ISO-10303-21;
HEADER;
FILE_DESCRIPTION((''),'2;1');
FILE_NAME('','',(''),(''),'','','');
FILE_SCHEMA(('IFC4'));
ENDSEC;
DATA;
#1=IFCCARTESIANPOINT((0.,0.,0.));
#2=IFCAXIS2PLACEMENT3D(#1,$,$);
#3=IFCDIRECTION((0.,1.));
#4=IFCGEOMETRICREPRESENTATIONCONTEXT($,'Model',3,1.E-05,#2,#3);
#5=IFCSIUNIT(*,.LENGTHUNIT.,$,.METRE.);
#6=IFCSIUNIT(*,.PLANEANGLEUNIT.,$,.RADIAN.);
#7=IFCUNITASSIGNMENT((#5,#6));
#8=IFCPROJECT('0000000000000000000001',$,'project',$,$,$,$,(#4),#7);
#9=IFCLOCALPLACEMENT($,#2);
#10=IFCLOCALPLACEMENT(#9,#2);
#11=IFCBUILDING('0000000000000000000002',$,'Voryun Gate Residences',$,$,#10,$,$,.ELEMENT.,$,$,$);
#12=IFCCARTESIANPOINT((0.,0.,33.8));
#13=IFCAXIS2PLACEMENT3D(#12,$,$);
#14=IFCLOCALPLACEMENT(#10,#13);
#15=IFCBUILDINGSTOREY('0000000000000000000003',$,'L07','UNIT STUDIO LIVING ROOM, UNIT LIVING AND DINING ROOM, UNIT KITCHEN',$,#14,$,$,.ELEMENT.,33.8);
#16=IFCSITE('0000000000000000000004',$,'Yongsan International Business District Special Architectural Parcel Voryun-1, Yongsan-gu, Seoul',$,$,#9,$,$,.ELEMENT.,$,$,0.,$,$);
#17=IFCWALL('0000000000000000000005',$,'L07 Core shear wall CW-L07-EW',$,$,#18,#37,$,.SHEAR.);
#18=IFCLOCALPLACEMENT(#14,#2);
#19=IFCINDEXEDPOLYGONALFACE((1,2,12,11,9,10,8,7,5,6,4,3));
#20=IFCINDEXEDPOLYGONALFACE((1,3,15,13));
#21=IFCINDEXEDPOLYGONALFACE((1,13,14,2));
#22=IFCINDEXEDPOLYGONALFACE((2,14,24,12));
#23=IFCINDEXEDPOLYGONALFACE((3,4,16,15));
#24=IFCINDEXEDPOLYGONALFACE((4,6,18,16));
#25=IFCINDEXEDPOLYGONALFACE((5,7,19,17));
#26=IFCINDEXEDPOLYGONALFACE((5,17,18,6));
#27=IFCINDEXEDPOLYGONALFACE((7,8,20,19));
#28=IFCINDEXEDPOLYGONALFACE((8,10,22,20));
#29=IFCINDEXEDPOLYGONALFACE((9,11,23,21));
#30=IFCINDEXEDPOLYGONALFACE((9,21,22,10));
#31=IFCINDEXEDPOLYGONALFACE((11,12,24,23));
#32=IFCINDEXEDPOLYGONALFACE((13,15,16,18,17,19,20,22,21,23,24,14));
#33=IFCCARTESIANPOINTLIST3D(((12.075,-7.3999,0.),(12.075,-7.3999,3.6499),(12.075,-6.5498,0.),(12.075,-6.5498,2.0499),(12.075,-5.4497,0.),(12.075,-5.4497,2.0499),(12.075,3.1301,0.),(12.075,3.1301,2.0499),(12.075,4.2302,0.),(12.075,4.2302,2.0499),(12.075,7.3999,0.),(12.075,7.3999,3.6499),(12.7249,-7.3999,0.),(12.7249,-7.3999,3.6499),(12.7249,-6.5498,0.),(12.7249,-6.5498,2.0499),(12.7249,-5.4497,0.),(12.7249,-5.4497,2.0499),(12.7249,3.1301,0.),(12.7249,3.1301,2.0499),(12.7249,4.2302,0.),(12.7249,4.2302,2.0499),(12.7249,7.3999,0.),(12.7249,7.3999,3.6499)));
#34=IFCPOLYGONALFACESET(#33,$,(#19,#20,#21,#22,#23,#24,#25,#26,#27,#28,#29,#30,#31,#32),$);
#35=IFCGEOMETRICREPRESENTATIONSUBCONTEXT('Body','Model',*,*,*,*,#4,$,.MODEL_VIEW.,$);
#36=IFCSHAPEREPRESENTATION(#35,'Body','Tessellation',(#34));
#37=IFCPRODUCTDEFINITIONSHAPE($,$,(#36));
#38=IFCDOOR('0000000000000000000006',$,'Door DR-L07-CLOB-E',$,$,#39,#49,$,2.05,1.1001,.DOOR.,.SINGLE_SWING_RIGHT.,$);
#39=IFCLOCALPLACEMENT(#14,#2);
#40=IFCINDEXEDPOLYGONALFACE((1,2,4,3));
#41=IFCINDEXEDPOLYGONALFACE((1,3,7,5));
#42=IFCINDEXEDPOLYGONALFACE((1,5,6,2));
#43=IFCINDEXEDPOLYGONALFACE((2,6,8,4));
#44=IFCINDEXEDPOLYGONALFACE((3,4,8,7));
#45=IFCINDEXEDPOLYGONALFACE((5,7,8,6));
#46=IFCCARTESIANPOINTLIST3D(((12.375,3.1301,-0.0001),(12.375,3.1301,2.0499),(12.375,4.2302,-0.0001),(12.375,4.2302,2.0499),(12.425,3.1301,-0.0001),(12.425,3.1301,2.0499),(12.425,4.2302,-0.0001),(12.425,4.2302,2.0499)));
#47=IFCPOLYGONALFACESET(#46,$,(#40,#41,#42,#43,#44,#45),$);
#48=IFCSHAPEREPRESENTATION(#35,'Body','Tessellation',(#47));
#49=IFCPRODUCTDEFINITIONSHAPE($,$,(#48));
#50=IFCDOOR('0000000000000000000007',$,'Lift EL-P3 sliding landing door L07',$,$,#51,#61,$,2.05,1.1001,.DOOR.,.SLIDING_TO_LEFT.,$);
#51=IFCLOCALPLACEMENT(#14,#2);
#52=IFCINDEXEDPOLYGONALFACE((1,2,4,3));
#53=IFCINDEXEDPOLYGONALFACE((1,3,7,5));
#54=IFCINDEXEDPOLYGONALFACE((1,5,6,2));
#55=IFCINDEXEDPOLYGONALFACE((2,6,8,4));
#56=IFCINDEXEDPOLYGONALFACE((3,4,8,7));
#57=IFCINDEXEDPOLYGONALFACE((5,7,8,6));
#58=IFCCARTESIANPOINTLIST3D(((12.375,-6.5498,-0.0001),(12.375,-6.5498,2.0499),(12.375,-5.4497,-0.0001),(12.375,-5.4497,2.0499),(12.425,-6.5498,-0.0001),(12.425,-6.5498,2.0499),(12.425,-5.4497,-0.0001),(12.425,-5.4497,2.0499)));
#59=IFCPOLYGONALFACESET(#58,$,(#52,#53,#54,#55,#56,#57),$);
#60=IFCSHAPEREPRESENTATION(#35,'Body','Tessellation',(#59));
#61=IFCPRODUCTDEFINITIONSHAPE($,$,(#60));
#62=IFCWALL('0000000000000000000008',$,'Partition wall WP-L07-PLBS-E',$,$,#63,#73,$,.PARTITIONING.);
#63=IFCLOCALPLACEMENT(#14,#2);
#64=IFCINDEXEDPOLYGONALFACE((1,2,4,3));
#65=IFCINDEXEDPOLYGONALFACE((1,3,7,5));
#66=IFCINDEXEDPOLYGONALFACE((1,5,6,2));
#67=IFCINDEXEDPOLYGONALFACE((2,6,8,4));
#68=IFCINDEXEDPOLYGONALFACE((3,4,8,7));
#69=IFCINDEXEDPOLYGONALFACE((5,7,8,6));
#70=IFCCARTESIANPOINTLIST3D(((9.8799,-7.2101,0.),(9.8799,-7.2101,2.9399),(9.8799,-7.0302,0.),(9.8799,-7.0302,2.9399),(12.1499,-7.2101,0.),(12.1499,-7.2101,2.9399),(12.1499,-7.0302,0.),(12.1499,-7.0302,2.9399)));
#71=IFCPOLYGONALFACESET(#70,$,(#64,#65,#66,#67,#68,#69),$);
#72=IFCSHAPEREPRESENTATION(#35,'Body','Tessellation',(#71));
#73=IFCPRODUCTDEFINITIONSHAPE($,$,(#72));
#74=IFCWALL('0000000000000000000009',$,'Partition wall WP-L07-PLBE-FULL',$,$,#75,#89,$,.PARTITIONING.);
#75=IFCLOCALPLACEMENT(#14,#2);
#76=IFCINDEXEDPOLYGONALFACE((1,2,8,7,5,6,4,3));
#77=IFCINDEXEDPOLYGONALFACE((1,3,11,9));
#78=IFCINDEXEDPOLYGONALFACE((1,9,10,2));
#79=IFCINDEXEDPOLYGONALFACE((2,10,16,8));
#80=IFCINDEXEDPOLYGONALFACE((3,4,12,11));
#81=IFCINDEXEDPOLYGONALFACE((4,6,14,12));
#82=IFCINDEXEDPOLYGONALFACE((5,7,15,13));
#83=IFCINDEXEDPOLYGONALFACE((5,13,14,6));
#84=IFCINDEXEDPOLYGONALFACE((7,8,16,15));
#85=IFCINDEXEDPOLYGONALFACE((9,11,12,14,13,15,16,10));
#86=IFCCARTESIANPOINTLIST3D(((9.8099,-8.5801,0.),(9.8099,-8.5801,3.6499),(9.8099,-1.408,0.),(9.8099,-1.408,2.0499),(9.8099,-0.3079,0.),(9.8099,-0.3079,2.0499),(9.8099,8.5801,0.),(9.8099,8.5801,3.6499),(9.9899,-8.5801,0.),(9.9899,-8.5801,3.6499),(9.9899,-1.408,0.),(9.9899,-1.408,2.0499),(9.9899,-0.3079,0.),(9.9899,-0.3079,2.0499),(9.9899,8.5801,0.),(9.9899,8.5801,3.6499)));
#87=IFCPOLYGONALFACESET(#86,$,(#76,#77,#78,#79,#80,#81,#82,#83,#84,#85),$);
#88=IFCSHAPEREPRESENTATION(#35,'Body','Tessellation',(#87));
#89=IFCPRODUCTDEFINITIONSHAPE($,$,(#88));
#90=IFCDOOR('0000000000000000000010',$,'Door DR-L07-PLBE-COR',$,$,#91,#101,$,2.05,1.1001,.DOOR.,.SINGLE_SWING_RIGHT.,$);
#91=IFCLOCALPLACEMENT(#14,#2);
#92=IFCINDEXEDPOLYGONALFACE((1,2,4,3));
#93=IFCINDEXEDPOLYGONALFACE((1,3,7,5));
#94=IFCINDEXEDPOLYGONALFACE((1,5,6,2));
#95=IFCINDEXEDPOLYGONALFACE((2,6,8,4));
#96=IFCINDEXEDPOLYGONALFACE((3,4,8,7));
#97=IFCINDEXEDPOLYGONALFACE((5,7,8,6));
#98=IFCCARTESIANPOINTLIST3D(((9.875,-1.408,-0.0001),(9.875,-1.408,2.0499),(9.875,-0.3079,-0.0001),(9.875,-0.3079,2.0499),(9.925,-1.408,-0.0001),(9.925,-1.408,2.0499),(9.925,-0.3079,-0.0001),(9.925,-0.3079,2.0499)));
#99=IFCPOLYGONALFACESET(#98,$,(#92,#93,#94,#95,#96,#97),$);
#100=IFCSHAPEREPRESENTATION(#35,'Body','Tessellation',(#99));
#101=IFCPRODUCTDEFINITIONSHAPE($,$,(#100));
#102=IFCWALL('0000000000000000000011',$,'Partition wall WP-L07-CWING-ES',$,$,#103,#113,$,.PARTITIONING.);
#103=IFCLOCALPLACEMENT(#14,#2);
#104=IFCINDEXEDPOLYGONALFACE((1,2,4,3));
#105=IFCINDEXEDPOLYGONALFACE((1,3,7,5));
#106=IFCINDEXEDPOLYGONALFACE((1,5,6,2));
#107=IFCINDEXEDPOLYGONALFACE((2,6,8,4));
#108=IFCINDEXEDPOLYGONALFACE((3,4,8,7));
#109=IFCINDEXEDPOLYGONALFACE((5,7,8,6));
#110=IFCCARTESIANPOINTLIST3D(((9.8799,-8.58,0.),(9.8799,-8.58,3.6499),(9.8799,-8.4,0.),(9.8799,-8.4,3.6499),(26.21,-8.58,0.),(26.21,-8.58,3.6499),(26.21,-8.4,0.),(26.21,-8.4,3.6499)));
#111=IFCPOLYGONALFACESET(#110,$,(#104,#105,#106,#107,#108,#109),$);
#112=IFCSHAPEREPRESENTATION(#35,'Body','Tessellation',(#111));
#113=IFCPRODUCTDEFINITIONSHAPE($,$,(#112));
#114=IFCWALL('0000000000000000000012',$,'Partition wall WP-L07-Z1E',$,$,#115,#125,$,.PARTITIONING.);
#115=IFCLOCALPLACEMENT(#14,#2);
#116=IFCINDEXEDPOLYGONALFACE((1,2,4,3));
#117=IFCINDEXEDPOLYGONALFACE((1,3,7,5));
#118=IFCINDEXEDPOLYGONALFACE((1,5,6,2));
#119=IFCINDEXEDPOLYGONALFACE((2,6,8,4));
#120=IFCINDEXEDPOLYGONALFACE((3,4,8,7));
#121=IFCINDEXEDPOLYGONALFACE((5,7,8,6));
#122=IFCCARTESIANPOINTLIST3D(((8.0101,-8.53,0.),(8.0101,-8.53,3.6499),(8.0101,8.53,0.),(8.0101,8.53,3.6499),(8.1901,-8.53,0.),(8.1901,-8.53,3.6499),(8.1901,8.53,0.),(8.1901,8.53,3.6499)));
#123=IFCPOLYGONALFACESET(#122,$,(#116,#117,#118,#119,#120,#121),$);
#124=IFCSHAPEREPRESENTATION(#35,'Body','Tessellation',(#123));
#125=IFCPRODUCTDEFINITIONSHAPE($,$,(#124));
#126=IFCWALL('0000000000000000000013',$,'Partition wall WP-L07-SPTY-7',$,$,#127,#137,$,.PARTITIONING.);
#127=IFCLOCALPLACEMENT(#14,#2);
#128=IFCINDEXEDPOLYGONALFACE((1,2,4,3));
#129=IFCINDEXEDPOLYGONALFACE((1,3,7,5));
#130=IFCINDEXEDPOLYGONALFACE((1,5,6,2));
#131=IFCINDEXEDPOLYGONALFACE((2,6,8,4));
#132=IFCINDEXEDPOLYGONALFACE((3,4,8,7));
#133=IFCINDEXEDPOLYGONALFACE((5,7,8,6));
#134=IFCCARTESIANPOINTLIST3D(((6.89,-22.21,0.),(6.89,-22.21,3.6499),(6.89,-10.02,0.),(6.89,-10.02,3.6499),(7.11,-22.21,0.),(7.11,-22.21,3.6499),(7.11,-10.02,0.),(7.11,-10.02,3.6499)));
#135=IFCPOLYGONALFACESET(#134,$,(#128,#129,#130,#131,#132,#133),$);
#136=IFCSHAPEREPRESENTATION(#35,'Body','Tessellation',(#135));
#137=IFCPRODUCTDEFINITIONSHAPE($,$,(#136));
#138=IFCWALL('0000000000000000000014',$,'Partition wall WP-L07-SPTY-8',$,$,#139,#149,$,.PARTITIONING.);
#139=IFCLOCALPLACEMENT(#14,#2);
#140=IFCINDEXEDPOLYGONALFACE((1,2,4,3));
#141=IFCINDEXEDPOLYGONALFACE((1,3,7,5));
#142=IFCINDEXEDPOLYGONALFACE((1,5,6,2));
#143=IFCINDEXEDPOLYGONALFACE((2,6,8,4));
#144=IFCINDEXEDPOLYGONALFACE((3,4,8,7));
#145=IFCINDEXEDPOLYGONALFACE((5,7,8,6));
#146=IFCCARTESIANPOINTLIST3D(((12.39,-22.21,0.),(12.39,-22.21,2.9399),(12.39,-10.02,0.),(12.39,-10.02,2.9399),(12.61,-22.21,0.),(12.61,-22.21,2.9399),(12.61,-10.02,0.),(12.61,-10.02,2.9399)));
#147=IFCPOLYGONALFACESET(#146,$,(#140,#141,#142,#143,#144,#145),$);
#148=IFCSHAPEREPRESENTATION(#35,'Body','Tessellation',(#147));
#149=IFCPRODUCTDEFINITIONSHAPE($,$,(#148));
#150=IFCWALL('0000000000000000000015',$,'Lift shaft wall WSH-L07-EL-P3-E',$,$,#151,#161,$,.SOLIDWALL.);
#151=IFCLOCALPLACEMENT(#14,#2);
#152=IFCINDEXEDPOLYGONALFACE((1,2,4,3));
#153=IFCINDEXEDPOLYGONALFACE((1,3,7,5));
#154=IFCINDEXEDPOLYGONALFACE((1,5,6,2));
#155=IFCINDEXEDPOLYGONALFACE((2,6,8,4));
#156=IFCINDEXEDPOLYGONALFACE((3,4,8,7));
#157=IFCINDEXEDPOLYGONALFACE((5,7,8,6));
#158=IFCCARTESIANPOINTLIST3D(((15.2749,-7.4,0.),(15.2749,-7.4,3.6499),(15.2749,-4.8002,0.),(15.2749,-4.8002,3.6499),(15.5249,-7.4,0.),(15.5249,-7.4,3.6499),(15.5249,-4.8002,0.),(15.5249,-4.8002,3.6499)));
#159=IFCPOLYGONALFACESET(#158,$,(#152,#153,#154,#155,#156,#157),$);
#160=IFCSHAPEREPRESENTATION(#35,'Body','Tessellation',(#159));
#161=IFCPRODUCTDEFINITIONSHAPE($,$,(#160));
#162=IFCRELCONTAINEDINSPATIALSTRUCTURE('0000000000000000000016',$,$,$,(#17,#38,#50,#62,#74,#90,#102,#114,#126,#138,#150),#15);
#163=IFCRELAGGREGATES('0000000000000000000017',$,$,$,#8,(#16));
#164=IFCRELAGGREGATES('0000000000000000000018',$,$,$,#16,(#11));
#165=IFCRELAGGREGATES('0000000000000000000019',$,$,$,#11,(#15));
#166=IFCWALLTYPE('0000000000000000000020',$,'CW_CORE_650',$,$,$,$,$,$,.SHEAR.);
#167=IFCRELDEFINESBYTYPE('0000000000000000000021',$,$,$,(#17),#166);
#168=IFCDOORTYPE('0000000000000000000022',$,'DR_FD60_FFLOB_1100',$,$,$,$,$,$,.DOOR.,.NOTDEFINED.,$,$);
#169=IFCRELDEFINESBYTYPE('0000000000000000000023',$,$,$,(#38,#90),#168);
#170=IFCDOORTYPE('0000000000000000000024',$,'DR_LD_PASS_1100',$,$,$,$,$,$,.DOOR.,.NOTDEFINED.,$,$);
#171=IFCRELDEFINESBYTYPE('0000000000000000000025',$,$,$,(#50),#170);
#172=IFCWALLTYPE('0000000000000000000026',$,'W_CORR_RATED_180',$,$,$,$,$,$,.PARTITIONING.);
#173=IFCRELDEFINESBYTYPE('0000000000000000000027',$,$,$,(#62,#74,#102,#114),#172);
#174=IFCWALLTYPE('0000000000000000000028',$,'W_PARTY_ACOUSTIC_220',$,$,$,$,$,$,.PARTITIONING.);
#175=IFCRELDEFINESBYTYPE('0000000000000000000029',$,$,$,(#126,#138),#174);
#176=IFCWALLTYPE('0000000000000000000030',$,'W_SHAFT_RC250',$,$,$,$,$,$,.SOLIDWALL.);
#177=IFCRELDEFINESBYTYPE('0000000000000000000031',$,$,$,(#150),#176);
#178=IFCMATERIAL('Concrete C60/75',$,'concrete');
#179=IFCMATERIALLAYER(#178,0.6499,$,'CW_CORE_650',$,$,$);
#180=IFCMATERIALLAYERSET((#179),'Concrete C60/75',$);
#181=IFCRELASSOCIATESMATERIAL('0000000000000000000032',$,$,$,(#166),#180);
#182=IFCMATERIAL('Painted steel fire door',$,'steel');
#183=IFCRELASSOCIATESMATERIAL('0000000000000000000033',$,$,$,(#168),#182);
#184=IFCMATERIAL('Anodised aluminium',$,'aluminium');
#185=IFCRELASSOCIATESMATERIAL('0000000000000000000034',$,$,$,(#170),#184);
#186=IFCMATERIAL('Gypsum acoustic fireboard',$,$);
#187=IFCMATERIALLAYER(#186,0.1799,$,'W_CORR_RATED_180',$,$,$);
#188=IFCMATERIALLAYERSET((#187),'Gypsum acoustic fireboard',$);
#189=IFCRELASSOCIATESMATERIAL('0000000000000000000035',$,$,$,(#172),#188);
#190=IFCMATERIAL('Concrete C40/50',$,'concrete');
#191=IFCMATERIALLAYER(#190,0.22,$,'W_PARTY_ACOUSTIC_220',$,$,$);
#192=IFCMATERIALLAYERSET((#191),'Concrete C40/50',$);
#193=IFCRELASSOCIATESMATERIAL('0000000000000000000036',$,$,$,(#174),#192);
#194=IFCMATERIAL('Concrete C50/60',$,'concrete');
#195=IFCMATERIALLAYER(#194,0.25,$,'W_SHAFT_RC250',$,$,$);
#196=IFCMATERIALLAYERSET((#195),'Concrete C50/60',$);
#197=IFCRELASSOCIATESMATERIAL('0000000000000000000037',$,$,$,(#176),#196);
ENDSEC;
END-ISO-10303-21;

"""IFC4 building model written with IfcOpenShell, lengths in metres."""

from ifc_helpers import new_model, si_unit, direction, frame, frame_2d, origin, place, context, subcontext, project, spatial, rectangle, extrude, material, layer, layer_set, type_object, element, fill, save


model = new_model("IFC4")

# Units and contexts
model_context = context("Model", 3, precision=1e-05, world=origin(), true_north=direction((0.0, 1.0)))
body_context = subcontext(model_context, "Body", "Model", "MODEL_VIEW")
ifc_project = project(units=[si_unit("LENGTHUNIT", "METRE"), si_unit("PLANEANGLEUNIT", "RADIAN")], contexts=[model_context])

# Site, building, storey
site_placement = place(None, origin())
site = spatial("IfcSite", under=ifc_project, at=site_placement, Name="Yongsan International Business District Special Architectural Parcel Voryun-1, Yongsan-gu, Seoul", CompositionType="ELEMENT", RefElevation=0.0)
building_placement = place(site_placement, origin())
building = spatial("IfcBuilding", under=site, at=building_placement, Name="Voryun Gate Residences", CompositionType="ELEMENT")
storey_placement = place(building_placement, frame((0.0, 0.0, 33.8)))
storey = spatial("IfcBuildingStorey", under=building, at=storey_placement, Name="L07", Description="UNIT STUDIO LIVING ROOM, UNIT LIVING AND DINING ROOM, UNIT KITCHEN", CompositionType="ELEMENT", Elevation=33.8)

# Shared definitions
ifc_material_1 = material(Name="Concrete C60/75", Category="concrete")
ifc_layer_1 = layer(ifc_material_1, 0.6499, Name="CW_CORE_650")
ifc_layer_set_1 = layer_set([ifc_layer_1], Name="Concrete C60/75")
wall_type_1 = type_object("IfcWallType", Name="CW_CORE_650", PredefinedType="SHEAR", material=ifc_layer_set_1)

# Wall, openings, doors
wall_1_placement = place(storey_placement, frame((12.3999, -7.3999, 0.0), z_axis=(0.0, 0.0, 1.0), x_axis=(0.0, 1.0, 0.0)))
wall_1 = element("IfcWall", 1, at=wall_1_placement, inside=storey, type_object=wall_type_1, Name="L07 Core shear wall CW-L07-EW", PredefinedType="SHEAR", context=body_context, shape_type="SweptSolid", body=[
    extrude(rectangle(XDim=14.7998, YDim=0.6499, at=frame_2d((7.3999, 0.0))), origin(), (0.0, 0.0, 1.0), 3.6499),
])
opening_1_placement = place(wall_1_placement, frame((0.8501, 0.0, 0.0)))
opening_1 = element("IfcOpeningElement", 2, at=opening_1_placement, cuts=wall_1, PredefinedType="OPENING", context=body_context, shape_type="SweptSolid", body=[
    extrude(rectangle(XDim=1.1001, YDim=2.05, at=frame_2d((0.55, 1.0249))), frame((0.0, 0.335, 0.0), z_axis=(0.0, -1.0, 0.0), x_axis=(1.0, 0.0, 0.0)), (0.0, 0.0, 1.0), 0.6699),
])
opening_2_placement = place(wall_1_placement, frame((10.53, 0.0, 0.0)))
opening_2 = element("IfcOpeningElement", 3, at=opening_2_placement, cuts=wall_1, PredefinedType="OPENING", context=body_context, shape_type="SweptSolid", body=[
    extrude(rectangle(XDim=1.1001, YDim=2.05, at=frame_2d((0.55, 1.0249))), frame((0.0, 0.335, 0.0), z_axis=(0.0, -1.0, 0.0), x_axis=(1.0, 0.0, 0.0)), (0.0, 0.0, 1.0), 0.6699),
])
ifc_material_2 = material(Name="Painted steel fire door", Category="steel")
door_type_1 = type_object("IfcDoorType", Name="DR_FD60_FFLOB_1100", OperationType="NOTDEFINED", PredefinedType="DOOR", material=ifc_material_2)
door_1_placement = place(opening_2_placement, origin())
door_1 = element("IfcDoor", 4, at=door_1_placement, inside=storey, type_object=door_type_1, Name="Door DR-L07-CLOB-E", OperationType="SINGLE_SWING_RIGHT", OverallHeight=2.05, OverallWidth=1.1001, PredefinedType="DOOR", context=body_context, shape_type="SweptSolid", body=[
    extrude(rectangle(XDim=1.1001, YDim=2.05, at=frame_2d((0.55, 1.0249))), frame((0.0, 0.0249, 0.0), z_axis=(0.0, -1.0, 0.0), x_axis=(1.0, 0.0, 0.0)), (0.0, 0.0, 1.0), 0.05),
])
fill(opening_2, door_1)
ifc_material_3 = material(Name="Anodised aluminium", Category="aluminium")
door_type_2 = type_object("IfcDoorType", Name="DR_LD_PASS_1100", OperationType="NOTDEFINED", PredefinedType="DOOR", material=ifc_material_3)
door_2_placement = place(opening_1_placement, origin())
door_2 = element("IfcDoor", 5, at=door_2_placement, inside=storey, type_object=door_type_2, Name="Lift EL-P3 sliding landing door L07", OperationType="SLIDING_TO_LEFT", OverallHeight=2.05, OverallWidth=1.1001, PredefinedType="DOOR", context=body_context, shape_type="SweptSolid", body=[
    extrude(rectangle(XDim=1.1001, YDim=2.05, at=frame_2d((0.55, 1.0249))), frame((0.0, 0.0249, 0.0), z_axis=(0.0, -1.0, 0.0), x_axis=(1.0, 0.0, 0.0)), (0.0, 0.0, 1.0), 0.05),
])
fill(opening_1, door_2)

# Wall
ifc_material_4 = material(Name="Gypsum acoustic fireboard")
ifc_layer_2 = layer(ifc_material_4, 0.1799, Name="W_CORR_RATED_180")
ifc_layer_set_2 = layer_set([ifc_layer_2], Name="Gypsum acoustic fireboard")
wall_type_2 = type_object("IfcWallType", Name="W_CORR_RATED_180", PredefinedType="PARTITIONING", material=ifc_layer_set_2)
wall_2_placement = place(storey_placement, frame((9.8799, -7.1201, 0.0), z_axis=(0.0, 0.0, 1.0), x_axis=(1.0, 0.0, 0.0)))
element("IfcWall", 6, at=wall_2_placement, inside=storey, type_object=wall_type_2, Name="Partition wall WP-L07-PLBS-E", PredefinedType="PARTITIONING", context=body_context, shape_type="SweptSolid", body=[
    extrude(rectangle(XDim=2.27, YDim=0.1799, at=frame_2d((1.135, 0.0))), origin(), (0.0, 0.0, 1.0), 2.9399),
])

# Wall, opening, door
wall_3_placement = place(storey_placement, frame((9.8999, -8.5801, 0.0), z_axis=(0.0, 0.0, 1.0), x_axis=(0.0, 1.0, 0.0)))
wall_3 = element("IfcWall", 7, at=wall_3_placement, inside=storey, type_object=wall_type_2, Name="Partition wall WP-L07-PLBE-FULL", PredefinedType="PARTITIONING", context=body_context, shape_type="SweptSolid", body=[
    extrude(rectangle(XDim=17.1602, YDim=0.1799, at=frame_2d((8.5801, 0.0))), origin(), (0.0, 0.0, 1.0), 3.6499),
])
opening_3_placement = place(wall_3_placement, frame((7.1721, 0.0, 0.0)))
opening_3 = element("IfcOpeningElement", 8, at=opening_3_placement, cuts=wall_3, PredefinedType="OPENING", context=body_context, shape_type="SweptSolid", body=[
    extrude(rectangle(XDim=1.1001, YDim=2.05, at=frame_2d((0.55, 1.0249))), frame((0.0, 0.0999, 0.0), z_axis=(0.0, -1.0, 0.0), x_axis=(1.0, 0.0, 0.0)), (0.0, 0.0, 1.0), 0.2),
])
door_3_placement = place(opening_3_placement, origin())
door_3 = element("IfcDoor", 9, at=door_3_placement, inside=storey, type_object=door_type_1, Name="Door DR-L07-PLBE-COR", OperationType="SINGLE_SWING_RIGHT", OverallHeight=2.05, OverallWidth=1.1001, PredefinedType="DOOR", context=body_context, shape_type="SweptSolid", body=[
    extrude(rectangle(XDim=1.1001, YDim=2.05, at=frame_2d((0.55, 1.0249))), frame((0.0, 0.0249, 0.0), z_axis=(0.0, -1.0, 0.0), x_axis=(1.0, 0.0, 0.0)), (0.0, 0.0, 1.0), 0.05),
])
fill(opening_3, door_3)

# Walls
wall_4_placement = place(storey_placement, frame((9.8799, -8.49, 0.0), z_axis=(0.0, 0.0, 1.0), x_axis=(1.0, 0.0, 0.0)))
element("IfcWall", 10, at=wall_4_placement, inside=storey, type_object=wall_type_2, Name="Partition wall WP-L07-CWING-ES", PredefinedType="PARTITIONING", context=body_context, shape_type="SweptSolid", body=[
    extrude(rectangle(XDim=16.3301, YDim=0.1799, at=frame_2d((8.165, 0.0))), origin(), (0.0, 0.0, 1.0), 3.6499),
])
wall_5_placement = place(storey_placement, frame((8.1001, -8.53, 0.0), z_axis=(0.0, 0.0, 1.0), x_axis=(0.0, 1.0, 0.0)))
element("IfcWall", 11, at=wall_5_placement, inside=storey, type_object=wall_type_2, Name="Partition wall WP-L07-Z1E", PredefinedType="PARTITIONING", context=body_context, shape_type="SweptSolid", body=[
    extrude(rectangle(XDim=17.0601, YDim=0.1799, at=frame_2d((8.53, 0.0))), origin(), (0.0, 0.0, 1.0), 3.6499),
])
ifc_material_5 = material(Name="Concrete C40/50", Category="concrete")
ifc_layer_3 = layer(ifc_material_5, 0.22, Name="W_PARTY_ACOUSTIC_220")
ifc_layer_set_3 = layer_set([ifc_layer_3], Name="Concrete C40/50")
wall_type_3 = type_object("IfcWallType", Name="W_PARTY_ACOUSTIC_220", PredefinedType="PARTITIONING", material=ifc_layer_set_3)
wall_6_placement = place(storey_placement, frame((7.0, -22.21, 0.0), z_axis=(0.0, 0.0, 1.0), x_axis=(0.0, 1.0, 0.0)))
element("IfcWall", 12, at=wall_6_placement, inside=storey, type_object=wall_type_3, Name="Partition wall WP-L07-SPTY-7", PredefinedType="PARTITIONING", context=body_context, shape_type="SweptSolid", body=[
    extrude(rectangle(XDim=12.1899, YDim=0.22, at=frame_2d((6.095, 0.0))), origin(), (0.0, 0.0, 1.0), 3.6499),
])
wall_7_placement = place(storey_placement, frame((12.5, -22.21, 0.0), z_axis=(0.0, 0.0, 1.0), x_axis=(0.0, 1.0, 0.0)))
element("IfcWall", 13, at=wall_7_placement, inside=storey, type_object=wall_type_3, Name="Partition wall WP-L07-SPTY-8", PredefinedType="PARTITIONING", context=body_context, shape_type="SweptSolid", body=[
    extrude(rectangle(XDim=12.1899, YDim=0.22, at=frame_2d((6.095, 0.0))), origin(), (0.0, 0.0, 1.0), 2.9399),
])
ifc_material_6 = material(Name="Concrete C50/60", Category="concrete")
ifc_layer_4 = layer(ifc_material_6, 0.25, Name="W_SHAFT_RC250")
ifc_layer_set_4 = layer_set([ifc_layer_4], Name="Concrete C50/60")
wall_type_4 = type_object("IfcWallType", Name="W_SHAFT_RC250", PredefinedType="SOLIDWALL", material=ifc_layer_set_4)
wall_8_placement = place(storey_placement, frame((15.3999, -7.3999, 0.0), z_axis=(0.0, 0.0, 1.0), x_axis=(0.0, 1.0, 0.0)))
element("IfcWall", 14, at=wall_8_placement, inside=storey, type_object=wall_type_4, Name="Lift shaft wall WSH-L07-EL-P3-E", PredefinedType="SOLIDWALL", context=body_context, shape_type="SweptSolid", body=[
    extrude(rectangle(XDim=2.5999, YDim=0.25, at=frame_2d((1.2998, 0.0))), origin(), (0.0, 0.0, 1.0), 3.6499),
])

save(model, "model.ifc")
